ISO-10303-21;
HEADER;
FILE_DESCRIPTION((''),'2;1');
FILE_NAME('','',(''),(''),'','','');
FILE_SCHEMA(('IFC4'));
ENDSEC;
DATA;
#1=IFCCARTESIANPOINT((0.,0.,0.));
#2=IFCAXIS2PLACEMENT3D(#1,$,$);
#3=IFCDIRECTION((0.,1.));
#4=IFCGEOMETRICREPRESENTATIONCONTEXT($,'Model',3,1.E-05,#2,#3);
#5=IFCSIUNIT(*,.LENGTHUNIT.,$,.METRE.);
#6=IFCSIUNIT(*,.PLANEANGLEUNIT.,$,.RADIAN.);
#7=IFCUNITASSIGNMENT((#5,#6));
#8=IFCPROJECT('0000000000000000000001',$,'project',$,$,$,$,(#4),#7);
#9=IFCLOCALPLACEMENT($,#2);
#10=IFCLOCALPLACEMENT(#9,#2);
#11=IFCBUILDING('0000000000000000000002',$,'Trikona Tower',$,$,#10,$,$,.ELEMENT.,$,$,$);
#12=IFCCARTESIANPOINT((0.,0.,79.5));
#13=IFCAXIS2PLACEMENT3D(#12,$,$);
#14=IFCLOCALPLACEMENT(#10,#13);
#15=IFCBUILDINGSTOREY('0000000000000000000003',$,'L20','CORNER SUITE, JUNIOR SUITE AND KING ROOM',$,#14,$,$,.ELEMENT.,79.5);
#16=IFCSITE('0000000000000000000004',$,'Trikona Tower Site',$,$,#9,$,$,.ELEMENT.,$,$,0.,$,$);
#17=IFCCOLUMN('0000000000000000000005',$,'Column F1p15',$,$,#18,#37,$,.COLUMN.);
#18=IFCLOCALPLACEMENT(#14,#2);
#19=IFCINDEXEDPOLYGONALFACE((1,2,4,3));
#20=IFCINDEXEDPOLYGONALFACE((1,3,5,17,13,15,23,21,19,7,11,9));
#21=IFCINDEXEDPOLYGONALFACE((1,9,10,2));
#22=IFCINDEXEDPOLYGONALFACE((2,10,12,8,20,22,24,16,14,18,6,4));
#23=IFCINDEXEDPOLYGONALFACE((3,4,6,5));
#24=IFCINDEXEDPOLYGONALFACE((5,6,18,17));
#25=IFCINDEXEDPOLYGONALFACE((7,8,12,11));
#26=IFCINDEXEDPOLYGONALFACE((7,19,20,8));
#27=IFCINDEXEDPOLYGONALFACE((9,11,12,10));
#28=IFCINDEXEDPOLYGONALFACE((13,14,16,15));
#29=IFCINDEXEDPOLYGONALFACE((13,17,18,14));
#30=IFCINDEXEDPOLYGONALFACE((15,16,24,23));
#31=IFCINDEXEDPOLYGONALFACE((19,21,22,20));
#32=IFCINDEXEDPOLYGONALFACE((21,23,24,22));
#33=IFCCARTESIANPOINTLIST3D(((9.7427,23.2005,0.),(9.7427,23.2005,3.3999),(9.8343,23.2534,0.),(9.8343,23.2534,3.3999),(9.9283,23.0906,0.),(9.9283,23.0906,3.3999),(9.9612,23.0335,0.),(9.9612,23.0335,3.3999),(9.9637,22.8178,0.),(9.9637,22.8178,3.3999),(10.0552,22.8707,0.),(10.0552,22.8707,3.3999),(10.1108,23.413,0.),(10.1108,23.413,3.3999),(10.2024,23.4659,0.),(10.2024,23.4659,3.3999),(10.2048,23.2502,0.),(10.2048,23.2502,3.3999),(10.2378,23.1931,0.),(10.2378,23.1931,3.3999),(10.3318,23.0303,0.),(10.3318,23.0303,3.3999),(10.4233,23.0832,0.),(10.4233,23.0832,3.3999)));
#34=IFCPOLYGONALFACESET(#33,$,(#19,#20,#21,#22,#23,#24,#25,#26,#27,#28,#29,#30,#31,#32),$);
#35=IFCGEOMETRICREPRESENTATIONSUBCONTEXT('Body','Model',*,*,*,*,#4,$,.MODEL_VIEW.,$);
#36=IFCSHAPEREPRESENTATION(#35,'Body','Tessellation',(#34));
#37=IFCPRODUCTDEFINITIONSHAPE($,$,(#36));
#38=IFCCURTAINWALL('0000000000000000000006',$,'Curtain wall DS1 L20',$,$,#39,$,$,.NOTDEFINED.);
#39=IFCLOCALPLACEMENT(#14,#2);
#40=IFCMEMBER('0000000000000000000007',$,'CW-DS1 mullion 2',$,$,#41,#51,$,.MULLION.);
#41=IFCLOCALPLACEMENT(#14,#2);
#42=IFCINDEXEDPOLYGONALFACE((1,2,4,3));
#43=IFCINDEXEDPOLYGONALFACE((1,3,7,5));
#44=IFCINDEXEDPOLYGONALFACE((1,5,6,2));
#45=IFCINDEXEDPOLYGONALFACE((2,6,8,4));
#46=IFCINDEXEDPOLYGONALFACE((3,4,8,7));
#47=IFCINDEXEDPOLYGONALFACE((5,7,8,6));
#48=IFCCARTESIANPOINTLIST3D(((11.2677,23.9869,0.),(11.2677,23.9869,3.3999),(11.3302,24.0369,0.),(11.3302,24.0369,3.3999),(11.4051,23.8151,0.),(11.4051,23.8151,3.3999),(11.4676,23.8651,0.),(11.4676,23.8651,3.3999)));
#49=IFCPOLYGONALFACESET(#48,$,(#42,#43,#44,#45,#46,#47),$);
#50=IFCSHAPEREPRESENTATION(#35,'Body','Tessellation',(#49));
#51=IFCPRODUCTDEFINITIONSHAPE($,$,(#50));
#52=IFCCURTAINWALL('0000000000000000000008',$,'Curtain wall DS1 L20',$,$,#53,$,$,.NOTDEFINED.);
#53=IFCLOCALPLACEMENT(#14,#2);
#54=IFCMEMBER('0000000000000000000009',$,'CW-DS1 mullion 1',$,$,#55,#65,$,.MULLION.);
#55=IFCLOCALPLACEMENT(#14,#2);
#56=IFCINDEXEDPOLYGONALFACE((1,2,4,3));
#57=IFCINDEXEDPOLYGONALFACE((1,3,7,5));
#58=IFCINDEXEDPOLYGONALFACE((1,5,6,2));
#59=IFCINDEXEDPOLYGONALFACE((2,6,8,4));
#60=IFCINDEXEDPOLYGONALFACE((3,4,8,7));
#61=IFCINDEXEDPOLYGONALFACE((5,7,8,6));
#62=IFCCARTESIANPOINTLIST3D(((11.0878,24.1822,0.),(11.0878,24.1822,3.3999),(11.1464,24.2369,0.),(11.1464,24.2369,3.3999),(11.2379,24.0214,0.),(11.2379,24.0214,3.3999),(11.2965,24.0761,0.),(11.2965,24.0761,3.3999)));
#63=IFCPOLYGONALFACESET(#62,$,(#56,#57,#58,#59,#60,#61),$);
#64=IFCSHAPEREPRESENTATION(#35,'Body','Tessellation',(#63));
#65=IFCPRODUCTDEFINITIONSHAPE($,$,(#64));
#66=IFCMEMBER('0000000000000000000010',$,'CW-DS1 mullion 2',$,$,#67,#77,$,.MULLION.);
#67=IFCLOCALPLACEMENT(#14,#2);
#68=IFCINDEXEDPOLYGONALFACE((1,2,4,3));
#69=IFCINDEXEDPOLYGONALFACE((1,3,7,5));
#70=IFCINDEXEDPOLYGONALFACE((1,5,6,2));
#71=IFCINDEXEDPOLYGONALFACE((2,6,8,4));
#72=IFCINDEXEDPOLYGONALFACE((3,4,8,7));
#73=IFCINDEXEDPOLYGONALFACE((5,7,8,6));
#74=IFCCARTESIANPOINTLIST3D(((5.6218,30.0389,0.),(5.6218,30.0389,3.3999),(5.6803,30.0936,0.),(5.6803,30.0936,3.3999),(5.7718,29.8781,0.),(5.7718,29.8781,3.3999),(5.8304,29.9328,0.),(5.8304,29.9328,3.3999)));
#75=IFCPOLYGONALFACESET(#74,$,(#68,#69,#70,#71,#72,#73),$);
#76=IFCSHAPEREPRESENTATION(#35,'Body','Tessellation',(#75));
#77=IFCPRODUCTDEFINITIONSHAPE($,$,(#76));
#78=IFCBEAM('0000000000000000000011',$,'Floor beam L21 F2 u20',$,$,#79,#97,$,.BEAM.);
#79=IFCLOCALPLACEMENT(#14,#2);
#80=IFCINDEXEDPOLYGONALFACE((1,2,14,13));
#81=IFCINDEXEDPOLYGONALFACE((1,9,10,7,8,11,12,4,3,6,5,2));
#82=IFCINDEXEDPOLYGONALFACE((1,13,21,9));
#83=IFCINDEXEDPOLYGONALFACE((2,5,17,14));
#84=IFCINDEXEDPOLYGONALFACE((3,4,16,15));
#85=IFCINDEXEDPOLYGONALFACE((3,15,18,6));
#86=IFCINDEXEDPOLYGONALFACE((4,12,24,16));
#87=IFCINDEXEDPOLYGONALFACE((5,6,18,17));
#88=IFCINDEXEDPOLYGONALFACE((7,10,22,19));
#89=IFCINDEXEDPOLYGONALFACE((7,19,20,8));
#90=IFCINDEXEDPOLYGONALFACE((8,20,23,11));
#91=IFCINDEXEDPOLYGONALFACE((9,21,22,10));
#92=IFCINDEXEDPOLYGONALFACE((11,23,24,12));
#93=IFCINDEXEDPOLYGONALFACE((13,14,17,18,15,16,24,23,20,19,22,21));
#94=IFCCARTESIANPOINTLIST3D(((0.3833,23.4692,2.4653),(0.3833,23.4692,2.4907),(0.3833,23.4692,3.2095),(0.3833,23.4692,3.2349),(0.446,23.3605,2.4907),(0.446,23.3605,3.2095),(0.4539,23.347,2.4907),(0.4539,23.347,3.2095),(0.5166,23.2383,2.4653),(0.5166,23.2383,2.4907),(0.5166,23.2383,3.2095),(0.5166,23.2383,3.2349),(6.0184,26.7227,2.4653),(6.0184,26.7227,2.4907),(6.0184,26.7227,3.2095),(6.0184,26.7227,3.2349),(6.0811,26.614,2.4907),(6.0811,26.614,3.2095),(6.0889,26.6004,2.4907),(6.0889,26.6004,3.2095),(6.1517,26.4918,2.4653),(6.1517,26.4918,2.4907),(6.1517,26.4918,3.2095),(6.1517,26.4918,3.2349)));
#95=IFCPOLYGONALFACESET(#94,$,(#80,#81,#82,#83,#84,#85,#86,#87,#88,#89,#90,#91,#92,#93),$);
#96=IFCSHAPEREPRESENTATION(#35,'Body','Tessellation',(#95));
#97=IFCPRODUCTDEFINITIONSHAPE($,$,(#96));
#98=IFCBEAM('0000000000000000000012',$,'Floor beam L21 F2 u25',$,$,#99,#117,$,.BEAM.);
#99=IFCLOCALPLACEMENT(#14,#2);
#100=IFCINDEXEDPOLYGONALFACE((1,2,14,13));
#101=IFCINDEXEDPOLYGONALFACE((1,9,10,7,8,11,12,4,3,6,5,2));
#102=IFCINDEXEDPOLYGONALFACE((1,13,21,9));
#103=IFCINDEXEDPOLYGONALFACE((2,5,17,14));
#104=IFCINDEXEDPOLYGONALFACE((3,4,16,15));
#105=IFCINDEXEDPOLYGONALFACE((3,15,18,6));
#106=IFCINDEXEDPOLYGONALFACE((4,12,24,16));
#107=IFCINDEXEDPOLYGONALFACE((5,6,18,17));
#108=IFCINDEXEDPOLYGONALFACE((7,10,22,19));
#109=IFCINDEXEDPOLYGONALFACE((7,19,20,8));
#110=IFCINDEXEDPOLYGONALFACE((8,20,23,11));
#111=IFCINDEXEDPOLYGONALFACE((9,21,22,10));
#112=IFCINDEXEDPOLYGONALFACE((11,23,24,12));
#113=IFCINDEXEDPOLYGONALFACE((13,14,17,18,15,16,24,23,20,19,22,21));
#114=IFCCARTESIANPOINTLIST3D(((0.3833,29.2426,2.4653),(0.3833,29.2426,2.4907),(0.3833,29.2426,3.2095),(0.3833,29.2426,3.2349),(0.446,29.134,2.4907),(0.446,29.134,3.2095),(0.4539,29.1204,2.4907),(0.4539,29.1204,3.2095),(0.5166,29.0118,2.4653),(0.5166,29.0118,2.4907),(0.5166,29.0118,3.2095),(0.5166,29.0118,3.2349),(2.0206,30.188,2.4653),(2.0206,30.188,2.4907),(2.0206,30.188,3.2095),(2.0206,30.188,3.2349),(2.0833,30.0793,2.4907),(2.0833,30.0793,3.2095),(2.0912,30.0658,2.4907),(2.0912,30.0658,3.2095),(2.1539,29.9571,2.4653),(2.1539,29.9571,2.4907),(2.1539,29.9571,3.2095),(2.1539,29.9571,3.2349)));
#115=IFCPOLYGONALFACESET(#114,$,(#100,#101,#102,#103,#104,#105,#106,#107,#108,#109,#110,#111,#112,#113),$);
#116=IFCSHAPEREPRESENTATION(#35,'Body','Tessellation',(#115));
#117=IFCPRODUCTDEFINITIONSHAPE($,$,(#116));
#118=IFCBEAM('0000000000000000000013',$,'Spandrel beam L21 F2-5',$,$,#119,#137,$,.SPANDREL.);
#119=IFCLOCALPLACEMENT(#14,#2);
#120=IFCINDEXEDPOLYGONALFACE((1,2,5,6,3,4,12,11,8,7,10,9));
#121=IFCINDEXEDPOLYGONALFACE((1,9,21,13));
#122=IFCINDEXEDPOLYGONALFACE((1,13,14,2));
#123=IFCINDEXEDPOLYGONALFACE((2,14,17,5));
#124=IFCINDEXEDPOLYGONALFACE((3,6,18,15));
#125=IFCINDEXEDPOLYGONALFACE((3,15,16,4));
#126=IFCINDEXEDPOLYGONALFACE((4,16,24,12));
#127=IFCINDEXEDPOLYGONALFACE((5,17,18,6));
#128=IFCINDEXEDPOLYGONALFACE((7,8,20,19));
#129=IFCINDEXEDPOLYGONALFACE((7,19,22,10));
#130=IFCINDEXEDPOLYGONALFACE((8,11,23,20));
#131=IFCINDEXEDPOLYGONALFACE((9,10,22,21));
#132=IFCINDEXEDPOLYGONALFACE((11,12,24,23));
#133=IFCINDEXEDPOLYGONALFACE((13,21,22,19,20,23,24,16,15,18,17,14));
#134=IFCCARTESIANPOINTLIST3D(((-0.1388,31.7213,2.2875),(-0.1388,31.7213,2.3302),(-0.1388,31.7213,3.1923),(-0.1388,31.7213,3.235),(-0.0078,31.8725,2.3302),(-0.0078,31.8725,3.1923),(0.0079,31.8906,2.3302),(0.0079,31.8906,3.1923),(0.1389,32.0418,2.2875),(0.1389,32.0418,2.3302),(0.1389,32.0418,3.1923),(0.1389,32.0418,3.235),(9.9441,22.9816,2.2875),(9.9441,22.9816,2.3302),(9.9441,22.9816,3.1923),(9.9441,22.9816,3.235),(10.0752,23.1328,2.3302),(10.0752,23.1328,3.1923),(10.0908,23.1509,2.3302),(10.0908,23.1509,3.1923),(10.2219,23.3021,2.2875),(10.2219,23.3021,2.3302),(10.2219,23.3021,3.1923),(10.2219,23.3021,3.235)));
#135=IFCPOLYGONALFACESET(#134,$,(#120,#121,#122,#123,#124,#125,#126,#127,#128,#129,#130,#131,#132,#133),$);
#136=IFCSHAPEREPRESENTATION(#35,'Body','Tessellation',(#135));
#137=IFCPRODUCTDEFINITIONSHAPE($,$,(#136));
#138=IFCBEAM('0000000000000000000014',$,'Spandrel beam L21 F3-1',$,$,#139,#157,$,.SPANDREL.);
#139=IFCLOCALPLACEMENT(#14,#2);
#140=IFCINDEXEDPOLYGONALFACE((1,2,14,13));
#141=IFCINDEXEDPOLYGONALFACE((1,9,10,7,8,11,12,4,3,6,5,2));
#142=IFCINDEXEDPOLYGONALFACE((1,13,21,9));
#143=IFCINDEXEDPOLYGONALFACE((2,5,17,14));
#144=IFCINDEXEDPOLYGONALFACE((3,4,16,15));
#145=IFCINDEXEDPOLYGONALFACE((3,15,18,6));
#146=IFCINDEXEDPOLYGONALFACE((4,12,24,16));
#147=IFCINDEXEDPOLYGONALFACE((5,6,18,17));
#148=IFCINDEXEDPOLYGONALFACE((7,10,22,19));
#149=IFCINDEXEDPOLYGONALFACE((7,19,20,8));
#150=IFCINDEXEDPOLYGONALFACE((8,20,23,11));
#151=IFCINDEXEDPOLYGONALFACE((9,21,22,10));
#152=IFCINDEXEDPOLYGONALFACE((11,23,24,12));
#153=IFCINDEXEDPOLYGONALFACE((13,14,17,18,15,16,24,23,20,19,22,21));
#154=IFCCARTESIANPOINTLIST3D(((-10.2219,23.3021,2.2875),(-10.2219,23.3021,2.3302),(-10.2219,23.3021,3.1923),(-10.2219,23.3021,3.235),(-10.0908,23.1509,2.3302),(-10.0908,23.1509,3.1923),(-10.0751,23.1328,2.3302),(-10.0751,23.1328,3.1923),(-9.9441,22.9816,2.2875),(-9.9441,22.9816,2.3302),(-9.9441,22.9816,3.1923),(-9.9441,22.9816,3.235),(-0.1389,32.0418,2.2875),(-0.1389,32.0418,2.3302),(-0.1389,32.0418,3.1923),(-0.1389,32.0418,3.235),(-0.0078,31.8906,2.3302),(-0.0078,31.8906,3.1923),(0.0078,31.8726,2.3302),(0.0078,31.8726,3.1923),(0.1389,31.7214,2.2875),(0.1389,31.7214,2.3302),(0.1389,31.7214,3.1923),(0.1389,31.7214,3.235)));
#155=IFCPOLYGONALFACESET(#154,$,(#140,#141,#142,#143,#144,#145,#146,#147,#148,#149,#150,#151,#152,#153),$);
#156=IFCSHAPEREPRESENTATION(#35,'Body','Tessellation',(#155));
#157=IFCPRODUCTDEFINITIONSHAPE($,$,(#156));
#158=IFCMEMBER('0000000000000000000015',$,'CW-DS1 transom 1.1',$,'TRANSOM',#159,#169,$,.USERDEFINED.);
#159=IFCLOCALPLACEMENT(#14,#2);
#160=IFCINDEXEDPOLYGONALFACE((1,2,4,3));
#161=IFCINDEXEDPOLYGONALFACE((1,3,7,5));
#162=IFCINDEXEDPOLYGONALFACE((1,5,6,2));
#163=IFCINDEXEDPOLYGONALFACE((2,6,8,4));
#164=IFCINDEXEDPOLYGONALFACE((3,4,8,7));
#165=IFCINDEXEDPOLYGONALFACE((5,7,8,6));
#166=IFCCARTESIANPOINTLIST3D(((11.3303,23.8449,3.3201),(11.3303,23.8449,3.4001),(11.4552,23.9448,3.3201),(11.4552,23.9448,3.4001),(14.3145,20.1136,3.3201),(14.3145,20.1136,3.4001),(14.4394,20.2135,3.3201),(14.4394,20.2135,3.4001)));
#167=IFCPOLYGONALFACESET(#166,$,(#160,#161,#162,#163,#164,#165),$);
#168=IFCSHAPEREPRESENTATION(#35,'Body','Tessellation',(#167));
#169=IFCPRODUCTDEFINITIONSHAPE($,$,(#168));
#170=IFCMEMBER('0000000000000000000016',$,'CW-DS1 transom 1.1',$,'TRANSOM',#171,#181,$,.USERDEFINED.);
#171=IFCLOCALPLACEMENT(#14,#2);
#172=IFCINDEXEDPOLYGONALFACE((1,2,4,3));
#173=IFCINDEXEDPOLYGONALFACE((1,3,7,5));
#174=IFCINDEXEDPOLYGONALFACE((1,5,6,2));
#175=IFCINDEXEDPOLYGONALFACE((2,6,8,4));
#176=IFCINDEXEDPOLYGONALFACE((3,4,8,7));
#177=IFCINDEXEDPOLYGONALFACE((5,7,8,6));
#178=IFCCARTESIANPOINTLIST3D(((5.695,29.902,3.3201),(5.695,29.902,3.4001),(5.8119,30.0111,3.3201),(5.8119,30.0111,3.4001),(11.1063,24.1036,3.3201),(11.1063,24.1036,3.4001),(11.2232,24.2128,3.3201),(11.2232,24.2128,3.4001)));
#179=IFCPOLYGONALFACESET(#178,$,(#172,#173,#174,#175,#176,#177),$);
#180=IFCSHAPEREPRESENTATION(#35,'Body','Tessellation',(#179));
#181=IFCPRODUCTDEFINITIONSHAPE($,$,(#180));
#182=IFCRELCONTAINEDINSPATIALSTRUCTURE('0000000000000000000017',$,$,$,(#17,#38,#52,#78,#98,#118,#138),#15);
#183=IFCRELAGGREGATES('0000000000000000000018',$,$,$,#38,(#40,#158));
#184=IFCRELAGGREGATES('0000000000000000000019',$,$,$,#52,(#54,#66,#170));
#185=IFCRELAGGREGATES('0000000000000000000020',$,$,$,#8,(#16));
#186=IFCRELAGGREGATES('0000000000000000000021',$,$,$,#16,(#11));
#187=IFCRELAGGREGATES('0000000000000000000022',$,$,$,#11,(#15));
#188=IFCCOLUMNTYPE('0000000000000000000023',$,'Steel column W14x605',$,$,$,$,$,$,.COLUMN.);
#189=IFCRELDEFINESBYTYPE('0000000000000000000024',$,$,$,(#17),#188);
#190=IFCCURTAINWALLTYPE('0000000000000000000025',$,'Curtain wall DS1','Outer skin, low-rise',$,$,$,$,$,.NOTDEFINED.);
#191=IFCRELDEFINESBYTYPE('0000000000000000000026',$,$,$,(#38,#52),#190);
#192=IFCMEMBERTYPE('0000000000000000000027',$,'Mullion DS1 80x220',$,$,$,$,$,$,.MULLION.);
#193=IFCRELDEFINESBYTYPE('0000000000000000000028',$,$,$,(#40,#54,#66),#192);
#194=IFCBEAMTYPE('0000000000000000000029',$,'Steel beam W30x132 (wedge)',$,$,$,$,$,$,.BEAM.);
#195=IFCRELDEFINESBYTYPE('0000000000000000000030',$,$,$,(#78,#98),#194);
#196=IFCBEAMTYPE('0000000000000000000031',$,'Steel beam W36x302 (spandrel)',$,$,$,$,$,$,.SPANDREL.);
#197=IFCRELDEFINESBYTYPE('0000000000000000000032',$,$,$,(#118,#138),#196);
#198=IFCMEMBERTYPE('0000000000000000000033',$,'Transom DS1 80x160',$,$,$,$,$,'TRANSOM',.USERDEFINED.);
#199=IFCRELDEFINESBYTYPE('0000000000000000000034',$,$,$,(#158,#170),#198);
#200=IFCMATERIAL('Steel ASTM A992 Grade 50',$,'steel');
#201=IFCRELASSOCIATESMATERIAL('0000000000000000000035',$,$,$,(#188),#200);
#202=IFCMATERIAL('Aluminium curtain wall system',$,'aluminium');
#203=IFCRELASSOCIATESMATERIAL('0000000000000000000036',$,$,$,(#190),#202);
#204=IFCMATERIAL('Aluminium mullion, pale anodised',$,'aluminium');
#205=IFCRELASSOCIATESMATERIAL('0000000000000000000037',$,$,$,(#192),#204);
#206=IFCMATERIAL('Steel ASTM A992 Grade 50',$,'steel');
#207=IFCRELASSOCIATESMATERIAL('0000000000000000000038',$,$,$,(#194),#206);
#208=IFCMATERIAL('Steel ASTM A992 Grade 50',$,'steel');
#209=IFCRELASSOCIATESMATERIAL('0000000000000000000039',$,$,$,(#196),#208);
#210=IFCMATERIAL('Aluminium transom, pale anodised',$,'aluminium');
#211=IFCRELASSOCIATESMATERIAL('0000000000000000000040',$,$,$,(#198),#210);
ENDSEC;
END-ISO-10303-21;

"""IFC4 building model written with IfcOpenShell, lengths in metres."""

from ifc_helpers import new_model, si_unit, direction, frame, origin, origin_2d, place, context, subcontext, project, spatial, rectangle, i_section, extrude, material, material_profile, profile_set, type_object, element, aggregate, save


model = new_model("IFC4")

# Units and contexts
model_context = context("Model", 3, precision=1e-05, world=origin(), true_north=direction((0.0, 1.0)))
body_context = subcontext(model_context, "Body", "Model", "MODEL_VIEW")
ifc_project = project(units=[si_unit("LENGTHUNIT", "METRE"), si_unit("PLANEANGLEUNIT", "RADIAN")], contexts=[model_context])

# Site, building, storey
site_placement = place(None, origin())
site = spatial("IfcSite", under=ifc_project, at=site_placement, Name="Trikona Tower Site", CompositionType="ELEMENT", RefElevation=0.0)
building_placement = place(site_placement, origin())
building = spatial("IfcBuilding", under=site, at=building_placement, Name="Trikona Tower", CompositionType="ELEMENT")
storey_placement = place(building_placement, frame((0.0, 0.0, 79.5)))
storey = spatial("IfcBuildingStorey", under=building, at=storey_placement, Name="L20", Description="CORNER SUITE, JUNIOR SUITE AND KING ROOM", CompositionType="ELEMENT", Elevation=79.5)

# Column
ifc_material_1 = material(Name="Steel ASTM A992 Grade 50", Category="steel")
ifc_material_profile_1 = material_profile(ifc_material_1, i_section(OverallWidth=0.4419, OverallDepth=0.5308, WebThickness=0.0659, FlangeThickness=0.1057, at=origin_2d()), Name="W14X605")
ifc_profile_set_1 = profile_set([ifc_material_profile_1], Name="Steel ASTM A992 Grade 50")
column_type = type_object("IfcColumnType", Name="Steel column W14x605", PredefinedType="COLUMN", material=ifc_profile_set_1)
column_placement = place(storey_placement, frame((10.083, 23.1418, 0.0), z_axis=(0.0, 0.0, 1.0), x_axis=(-0.5, 0.866025, 0.0)))
element("IfcColumn", 1, at=column_placement, inside=storey, type_object=column_type, Name="Column F1p15", PredefinedType="COLUMN", context=body_context, shape_type="SweptSolid", body=[
    extrude(i_section(OverallWidth=0.4419, OverallDepth=0.5308, WebThickness=0.0659, FlangeThickness=0.1057, at=origin_2d()), origin(), (0.0, 0.0, 1.0), 3.3999),
])

# Curtain wall, member
ifc_material_2 = material(Name="Aluminium curtain wall system", Category="aluminium")
curtain_wall_type = type_object("IfcCurtainWallType", Name="Curtain wall DS1", Description="Outer skin, low-rise", PredefinedType="NOTDEFINED", material=ifc_material_2)
curtain_wall_1_placement = place(storey_placement, origin())
curtain_wall_1 = element("IfcCurtainWall", 2, at=curtain_wall_1_placement, inside=storey, type_object=curtain_wall_type, Name="Curtain wall DS1 L20", PredefinedType="NOTDEFINED")
ifc_material_3 = material(Name="Aluminium mullion, pale anodised", Category="aluminium")
ifc_material_profile_2 = material_profile(ifc_material_3, rectangle(XDim=0.0801, YDim=0.22, at=origin_2d()), Name="MUL-DS1")
ifc_profile_set_2 = profile_set([ifc_material_profile_2], Name="Aluminium mullion, pale anodised")
member_type_1 = type_object("IfcMemberType", Name="Mullion DS1 80x220", PredefinedType="MULLION", material=ifc_profile_set_2)
member_1_placement = place(storey_placement, frame((11.3677, 23.926, 0.0), z_axis=(0.0, 0.0, 1.0), x_axis=(-0.780938, -0.624609, 0.0)))
member_1 = element("IfcMember", 3, at=member_1_placement, type_object=member_type_1, Name="CW-DS1 mullion 2", PredefinedType="MULLION", context=body_context, shape_type="SweptSolid", body=[
    extrude(rectangle(XDim=0.0801, YDim=0.22, at=origin_2d()), origin(), (0.0, 0.0, 1.0), 3.3999),
])

# Curtain wall, members
curtain_wall_2_placement = place(storey_placement, origin())
curtain_wall_2 = element("IfcCurtainWall", 4, at=curtain_wall_2_placement, inside=storey, type_object=curtain_wall_type, Name="Curtain wall DS1 L20", PredefinedType="NOTDEFINED")
member_2_placement = place(storey_placement, frame((11.1921, 24.1292, 0.0), z_axis=(0.0, 0.0, 1.0), x_axis=(-0.731077, -0.682295, 0.0)))
member_2 = element("IfcMember", 5, at=member_2_placement, type_object=member_type_1, Name="CW-DS1 mullion 1", PredefinedType="MULLION", context=body_context, shape_type="SweptSolid", body=[
    extrude(rectangle(XDim=0.0801, YDim=0.22, at=origin_2d()), origin(), (0.0, 0.0, 1.0), 3.3999),
])
member_3_placement = place(storey_placement, frame((5.7261, 29.9858, 0.0), z_axis=(0.0, 0.0, 1.0), x_axis=(-0.731077, -0.682295, 0.0)))
member_3 = element("IfcMember", 6, at=member_3_placement, type_object=member_type_1, Name="CW-DS1 mullion 2", PredefinedType="MULLION", context=body_context, shape_type="SweptSolid", body=[
    extrude(rectangle(XDim=0.0801, YDim=0.22, at=origin_2d()), origin(), (0.0, 0.0, 1.0), 3.3999),
])

# Beams
ifc_material_4 = material(Name="Steel ASTM A992 Grade 50", Category="steel")
ifc_material_profile_3 = material_profile(ifc_material_4, i_section(OverallWidth=0.2666, OverallDepth=0.7695, WebThickness=0.0156, FlangeThickness=0.0254, at=origin_2d()), Name="W30X132")
ifc_profile_set_3 = profile_set([ifc_material_profile_3], Name="Steel ASTM A992 Grade 50")
beam_type_1 = type_object("IfcBeamType", Name="Steel beam W30x132 (wedge)", PredefinedType="BEAM", material=ifc_profile_set_3)
beam_1_placement = place(storey_placement, frame((0.45, 23.3538, 2.8501), z_axis=(0.866023, 0.500005, 0.0), x_axis=(-0.500005, 0.866023, 0.0)))
element("IfcBeam", 7, at=beam_1_placement, inside=storey, type_object=beam_type_1, Name="Floor beam L21 F2 u20", PredefinedType="BEAM", context=body_context, shape_type="SweptSolid", body=[
    extrude(i_section(OverallWidth=0.2666, OverallDepth=0.7695, WebThickness=0.0156, FlangeThickness=0.0254, at=origin_2d()), origin(), (0.0, 0.0, 1.0), 6.5068),
])
beam_2_placement = place(storey_placement, frame((0.45, 29.1272, 2.8501), z_axis=(0.866009, 0.500028, 0.0), x_axis=(-0.500028, 0.866009, 0.0)))
element("IfcBeam", 8, at=beam_2_placement, inside=storey, type_object=beam_type_1, Name="Floor beam L21 F2 u25", PredefinedType="BEAM", context=body_context, shape_type="SweptSolid", body=[
    extrude(i_section(OverallWidth=0.2666, OverallDepth=0.7695, WebThickness=0.0156, FlangeThickness=0.0254, at=origin_2d()), origin(), (0.0, 0.0, 1.0), 1.8906),
])
ifc_material_5 = material(Name="Steel ASTM A992 Grade 50", Category="steel")
ifc_material_profile_4 = material_profile(ifc_material_5, i_section(OverallWidth=0.4241, OverallDepth=0.9475, WebThickness=0.0239, FlangeThickness=0.0427, at=origin_2d()), Name="W36X302")
ifc_profile_set_4 = profile_set([ifc_material_profile_4], Name="Steel ASTM A992 Grade 50")
beam_type_2 = type_object("IfcBeamType", Name="Steel beam W36x302 (spandrel)", PredefinedType="SPANDREL", material=ifc_profile_set_4)
for number, where, z_axis, x_axis, name in (
    (9, (10.083, 23.1418, 2.7612), (-0.755647, 0.654979, 0.0), (-0.654979, -0.755647, 0.0), "Spandrel beam L21 F2-5"),
    (10, (0.0, 31.8816, 2.7612), (-0.755647, -0.654979, 0.0), (0.654979, -0.755647, 0.0), "Spandrel beam L21 F3-1"),
):
    element("IfcBeam", number, at=place(storey_placement, frame(where, z_axis=z_axis, x_axis=x_axis)), inside=storey, type_object=beam_type_2, Name=name, PredefinedType="SPANDREL", context=body_context, shape_type="SweptSolid", body=[
        extrude(i_section(OverallWidth=0.4241, OverallDepth=0.9475, WebThickness=0.0239, FlangeThickness=0.0427, at=origin_2d()), origin(), (0.0, 0.0, 1.0), 13.3435),
    ])

# Members
ifc_material_6 = material(Name="Aluminium transom, pale anodised", Category="aluminium")
ifc_material_profile_5 = material_profile(ifc_material_6, rectangle(XDim=0.1599, YDim=0.0801, at=origin_2d()), Name="TRN-DS1")
ifc_profile_set_5 = profile_set([ifc_material_profile_5], Name="Aluminium transom, pale anodised")
member_type_2 = type_object("IfcMemberType", Name="Transom DS1 80x160", ElementType="TRANSOM", PredefinedType="USERDEFINED", material=ifc_profile_set_5)
member_4_placement = place(storey_placement, frame((14.377, 20.1636, 3.3601), z_axis=(-0.624589, 0.780954, 0.0), x_axis=(-0.780954, -0.624589, 0.0)))
member_4 = element("IfcMember", 11, at=member_4_placement, type_object=member_type_2, Name="CW-DS1 transom 1.1", ObjectType="TRANSOM", PredefinedType="USERDEFINED", context=body_context, shape_type="SweptSolid", body=[
    extrude(rectangle(XDim=0.1599, YDim=0.0801, at=origin_2d()), origin(), (0.0, 0.0, 1.0), 4.7778),
])
member_5_placement = place(storey_placement, frame((11.1648, 24.1582, 3.3601), z_axis=(-0.682291, 0.731081, 0.0), x_axis=(-0.731081, -0.682291, 0.0)))
member_5 = element("IfcMember", 12, at=member_5_placement, type_object=member_type_2, Name="CW-DS1 transom 1.1", ObjectType="TRANSOM", PredefinedType="USERDEFINED", context=body_context, shape_type="SweptSolid", body=[
    extrude(rectangle(XDim=0.1599, YDim=0.0801, at=origin_2d()), origin(), (0.0, 0.0, 1.0), 7.9312),
])

aggregate(curtain_wall_1, [member_1, member_4])
aggregate(curtain_wall_2, [member_2, member_3, member_5])

save(model, "model.ifc")
